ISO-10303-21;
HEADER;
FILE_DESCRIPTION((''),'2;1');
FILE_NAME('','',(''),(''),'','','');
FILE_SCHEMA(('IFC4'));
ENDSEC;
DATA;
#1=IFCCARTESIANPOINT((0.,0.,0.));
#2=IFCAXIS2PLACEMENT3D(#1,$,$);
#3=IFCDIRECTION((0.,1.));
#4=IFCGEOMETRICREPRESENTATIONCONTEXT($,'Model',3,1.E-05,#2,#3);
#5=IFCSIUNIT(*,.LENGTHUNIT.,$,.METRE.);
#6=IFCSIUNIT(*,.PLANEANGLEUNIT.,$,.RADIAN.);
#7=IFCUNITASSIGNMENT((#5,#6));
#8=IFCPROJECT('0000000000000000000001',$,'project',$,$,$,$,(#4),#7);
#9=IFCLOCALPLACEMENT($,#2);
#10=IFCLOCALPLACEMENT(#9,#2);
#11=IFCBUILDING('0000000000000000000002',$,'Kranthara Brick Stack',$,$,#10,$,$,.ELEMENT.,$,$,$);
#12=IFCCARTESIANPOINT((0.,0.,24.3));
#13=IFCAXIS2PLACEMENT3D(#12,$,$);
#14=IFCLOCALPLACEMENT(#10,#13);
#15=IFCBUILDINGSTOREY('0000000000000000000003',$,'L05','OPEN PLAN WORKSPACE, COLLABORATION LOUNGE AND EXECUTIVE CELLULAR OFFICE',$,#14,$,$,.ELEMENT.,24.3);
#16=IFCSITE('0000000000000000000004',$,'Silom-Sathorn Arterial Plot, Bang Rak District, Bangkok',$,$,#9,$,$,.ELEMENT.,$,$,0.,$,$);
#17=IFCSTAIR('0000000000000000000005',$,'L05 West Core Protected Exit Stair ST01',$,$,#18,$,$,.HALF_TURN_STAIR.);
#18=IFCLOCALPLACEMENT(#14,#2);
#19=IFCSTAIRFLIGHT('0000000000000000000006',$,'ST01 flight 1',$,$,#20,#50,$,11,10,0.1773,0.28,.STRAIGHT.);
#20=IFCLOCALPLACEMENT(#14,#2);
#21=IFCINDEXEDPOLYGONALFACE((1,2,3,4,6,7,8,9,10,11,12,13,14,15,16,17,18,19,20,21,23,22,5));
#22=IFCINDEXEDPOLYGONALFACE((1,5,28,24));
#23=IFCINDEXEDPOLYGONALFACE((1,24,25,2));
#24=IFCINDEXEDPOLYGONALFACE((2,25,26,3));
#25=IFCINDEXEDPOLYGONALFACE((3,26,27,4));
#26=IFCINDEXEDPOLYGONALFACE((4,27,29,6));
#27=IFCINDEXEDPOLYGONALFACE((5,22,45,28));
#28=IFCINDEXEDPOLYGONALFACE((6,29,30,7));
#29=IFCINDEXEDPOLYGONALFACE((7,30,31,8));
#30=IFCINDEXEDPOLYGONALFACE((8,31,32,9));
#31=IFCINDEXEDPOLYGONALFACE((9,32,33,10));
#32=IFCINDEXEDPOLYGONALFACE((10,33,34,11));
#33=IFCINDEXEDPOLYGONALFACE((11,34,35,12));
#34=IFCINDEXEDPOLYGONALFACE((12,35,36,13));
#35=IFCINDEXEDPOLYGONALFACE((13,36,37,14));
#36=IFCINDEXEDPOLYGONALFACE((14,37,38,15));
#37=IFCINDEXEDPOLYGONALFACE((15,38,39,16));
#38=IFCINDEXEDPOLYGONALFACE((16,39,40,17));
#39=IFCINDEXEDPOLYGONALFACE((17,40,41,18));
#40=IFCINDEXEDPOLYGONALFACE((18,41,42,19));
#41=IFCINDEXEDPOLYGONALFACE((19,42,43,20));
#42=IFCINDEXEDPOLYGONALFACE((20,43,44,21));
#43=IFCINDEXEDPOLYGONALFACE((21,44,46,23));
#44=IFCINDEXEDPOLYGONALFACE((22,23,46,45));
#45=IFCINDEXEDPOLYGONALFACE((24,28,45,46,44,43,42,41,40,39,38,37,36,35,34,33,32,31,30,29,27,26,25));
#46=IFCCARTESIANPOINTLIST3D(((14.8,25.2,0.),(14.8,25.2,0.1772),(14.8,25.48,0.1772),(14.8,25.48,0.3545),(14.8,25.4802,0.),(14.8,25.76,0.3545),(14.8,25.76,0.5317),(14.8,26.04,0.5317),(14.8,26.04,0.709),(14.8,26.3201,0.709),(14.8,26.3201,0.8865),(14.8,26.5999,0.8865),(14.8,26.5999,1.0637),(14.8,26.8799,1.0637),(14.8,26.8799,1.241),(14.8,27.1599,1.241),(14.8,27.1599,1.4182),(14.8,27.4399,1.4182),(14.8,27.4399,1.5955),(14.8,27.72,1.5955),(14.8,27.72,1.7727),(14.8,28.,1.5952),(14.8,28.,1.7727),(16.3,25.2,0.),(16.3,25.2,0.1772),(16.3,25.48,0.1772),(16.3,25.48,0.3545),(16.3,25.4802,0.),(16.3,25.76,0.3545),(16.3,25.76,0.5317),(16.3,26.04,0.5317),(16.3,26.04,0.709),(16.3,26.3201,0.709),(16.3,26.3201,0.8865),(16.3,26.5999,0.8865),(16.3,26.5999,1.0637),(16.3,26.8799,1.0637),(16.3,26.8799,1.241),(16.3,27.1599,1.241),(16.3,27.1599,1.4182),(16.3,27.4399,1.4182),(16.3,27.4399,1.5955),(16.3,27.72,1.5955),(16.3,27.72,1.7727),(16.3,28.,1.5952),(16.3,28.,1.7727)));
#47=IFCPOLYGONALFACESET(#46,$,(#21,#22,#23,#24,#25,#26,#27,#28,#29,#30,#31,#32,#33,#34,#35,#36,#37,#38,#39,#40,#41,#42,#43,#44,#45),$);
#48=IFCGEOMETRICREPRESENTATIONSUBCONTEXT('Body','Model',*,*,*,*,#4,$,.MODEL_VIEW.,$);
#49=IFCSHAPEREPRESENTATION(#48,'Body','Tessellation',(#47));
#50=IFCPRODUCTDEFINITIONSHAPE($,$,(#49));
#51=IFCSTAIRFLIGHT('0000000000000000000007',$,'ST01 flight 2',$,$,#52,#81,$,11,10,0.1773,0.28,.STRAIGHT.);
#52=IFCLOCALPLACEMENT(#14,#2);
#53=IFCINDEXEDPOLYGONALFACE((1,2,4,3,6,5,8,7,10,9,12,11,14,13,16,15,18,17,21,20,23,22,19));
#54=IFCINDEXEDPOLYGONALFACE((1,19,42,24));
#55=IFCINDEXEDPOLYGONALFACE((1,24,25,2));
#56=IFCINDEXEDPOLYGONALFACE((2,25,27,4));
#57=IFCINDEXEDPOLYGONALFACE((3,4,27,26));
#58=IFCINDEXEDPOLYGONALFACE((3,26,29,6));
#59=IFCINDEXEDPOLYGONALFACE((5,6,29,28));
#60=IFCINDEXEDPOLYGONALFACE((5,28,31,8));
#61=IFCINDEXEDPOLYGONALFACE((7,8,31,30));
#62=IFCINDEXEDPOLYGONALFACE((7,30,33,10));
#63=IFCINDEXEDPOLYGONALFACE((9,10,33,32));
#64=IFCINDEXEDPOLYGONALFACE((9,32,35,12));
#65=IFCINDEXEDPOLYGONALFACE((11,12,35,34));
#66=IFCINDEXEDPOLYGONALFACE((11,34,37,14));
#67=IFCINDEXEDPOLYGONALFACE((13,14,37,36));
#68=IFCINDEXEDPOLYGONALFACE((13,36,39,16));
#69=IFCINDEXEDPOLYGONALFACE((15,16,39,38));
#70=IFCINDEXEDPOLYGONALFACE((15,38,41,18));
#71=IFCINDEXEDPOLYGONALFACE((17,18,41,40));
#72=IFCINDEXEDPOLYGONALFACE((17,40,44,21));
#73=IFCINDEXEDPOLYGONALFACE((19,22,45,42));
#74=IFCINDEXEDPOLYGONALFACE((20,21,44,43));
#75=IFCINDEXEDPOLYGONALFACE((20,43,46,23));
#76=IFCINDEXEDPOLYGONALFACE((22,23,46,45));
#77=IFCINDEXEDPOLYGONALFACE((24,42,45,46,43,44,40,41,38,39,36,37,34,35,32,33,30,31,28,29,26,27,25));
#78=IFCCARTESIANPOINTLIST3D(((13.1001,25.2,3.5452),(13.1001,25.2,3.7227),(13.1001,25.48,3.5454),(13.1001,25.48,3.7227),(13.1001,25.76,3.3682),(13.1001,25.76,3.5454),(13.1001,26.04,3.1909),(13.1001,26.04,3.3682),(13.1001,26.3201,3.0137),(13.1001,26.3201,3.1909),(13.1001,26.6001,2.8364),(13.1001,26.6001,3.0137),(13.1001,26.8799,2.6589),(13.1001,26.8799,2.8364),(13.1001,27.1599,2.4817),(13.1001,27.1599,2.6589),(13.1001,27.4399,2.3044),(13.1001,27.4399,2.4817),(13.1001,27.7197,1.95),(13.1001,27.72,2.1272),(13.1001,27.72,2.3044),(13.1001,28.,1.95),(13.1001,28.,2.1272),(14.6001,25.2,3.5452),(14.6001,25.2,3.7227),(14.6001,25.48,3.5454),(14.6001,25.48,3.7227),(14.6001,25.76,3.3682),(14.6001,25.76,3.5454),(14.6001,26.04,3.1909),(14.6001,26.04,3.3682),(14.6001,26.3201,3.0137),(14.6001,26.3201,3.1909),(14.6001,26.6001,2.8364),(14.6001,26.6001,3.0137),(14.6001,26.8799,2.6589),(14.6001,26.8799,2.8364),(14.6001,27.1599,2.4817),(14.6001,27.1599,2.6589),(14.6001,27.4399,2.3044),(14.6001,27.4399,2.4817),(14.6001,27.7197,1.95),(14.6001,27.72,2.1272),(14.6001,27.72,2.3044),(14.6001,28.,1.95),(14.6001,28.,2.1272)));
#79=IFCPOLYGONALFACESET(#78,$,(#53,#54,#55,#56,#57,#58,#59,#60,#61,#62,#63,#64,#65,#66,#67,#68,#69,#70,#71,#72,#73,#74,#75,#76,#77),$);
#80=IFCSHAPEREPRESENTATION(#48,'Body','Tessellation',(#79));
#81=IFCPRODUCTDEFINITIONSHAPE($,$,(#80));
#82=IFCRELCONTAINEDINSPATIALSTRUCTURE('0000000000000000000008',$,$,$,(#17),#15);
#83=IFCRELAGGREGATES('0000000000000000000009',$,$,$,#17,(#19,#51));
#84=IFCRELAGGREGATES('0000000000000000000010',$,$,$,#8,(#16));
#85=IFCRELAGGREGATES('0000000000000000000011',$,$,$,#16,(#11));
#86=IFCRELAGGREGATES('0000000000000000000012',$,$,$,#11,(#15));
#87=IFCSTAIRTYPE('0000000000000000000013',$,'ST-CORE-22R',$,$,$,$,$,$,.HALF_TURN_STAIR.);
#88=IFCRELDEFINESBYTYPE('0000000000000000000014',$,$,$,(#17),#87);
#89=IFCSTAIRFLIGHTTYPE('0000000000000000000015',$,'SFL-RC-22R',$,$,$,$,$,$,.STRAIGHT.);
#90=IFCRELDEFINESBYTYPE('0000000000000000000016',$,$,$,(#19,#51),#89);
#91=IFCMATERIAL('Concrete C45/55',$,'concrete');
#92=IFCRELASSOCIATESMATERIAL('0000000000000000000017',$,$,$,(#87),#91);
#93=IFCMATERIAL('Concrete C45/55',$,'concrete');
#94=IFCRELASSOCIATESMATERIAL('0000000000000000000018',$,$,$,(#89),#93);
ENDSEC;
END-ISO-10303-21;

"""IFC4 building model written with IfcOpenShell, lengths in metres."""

from ifc_helpers import new_model, si_unit, direction, frame, origin, place, context, subcontext, project, spatial, polyline, outline, extrude, material, type_object, element, aggregate, save


model = new_model("IFC4")

# Units and contexts
model_context = context("Model", 3, precision=1e-05, world=origin(), true_north=direction((0.0, 1.0)))
body_context = subcontext(model_context, "Body", "Model", "MODEL_VIEW")
ifc_project = project(units=[si_unit("LENGTHUNIT", "METRE"), si_unit("PLANEANGLEUNIT", "RADIAN")], contexts=[model_context])

# Site, building, storey
site_placement = place(None, origin())
site = spatial("IfcSite", under=ifc_project, at=site_placement, Name="Silom-Sathorn Arterial Plot, Bang Rak District, Bangkok", CompositionType="ELEMENT", RefElevation=0.0)
building_placement = place(site_placement, origin())
building = spatial("IfcBuilding", under=site, at=building_placement, Name="Kranthara Brick Stack", CompositionType="ELEMENT")
storey_placement = place(building_placement, frame((0.0, 0.0, 24.3)))
storey = spatial("IfcBuildingStorey", under=building, at=storey_placement, Name="L05", Description="OPEN PLAN WORKSPACE, COLLABORATION LOUNGE AND EXECUTIVE CELLULAR OFFICE", CompositionType="ELEMENT", Elevation=24.3)

# Stair, stair flights
ifc_material_1 = material(Name="Concrete C45/55", Category="concrete")
stair_type = type_object("IfcStairType", Name="ST-CORE-22R", PredefinedType="HALF_TURN_STAIR", material=ifc_material_1)
stair_placement = place(storey_placement, origin())
stair = element("IfcStair", 1, at=stair_placement, inside=storey, type_object=stair_type, Name="L05 West Core Protected Exit Stair ST01", PredefinedType="HALF_TURN_STAIR")
ifc_material_2 = material(Name="Concrete C45/55", Category="concrete")
stair_flight_type = type_object("IfcStairFlightType", Name="SFL-RC-22R", PredefinedType="STRAIGHT", material=ifc_material_2)
stair_flight_1_placement = place(storey_placement, frame((15.55, 25.2, 0.0), z_axis=(0.0, 0.0, 1.0), x_axis=(0.0, 1.0, 0.0)))
stair_flight_1 = element("IfcStairFlight", 2, at=stair_flight_1_placement, type_object=stair_flight_type, Name="ST01 flight 1", NumberOfRisers=11, NumberOfTreads=10, PredefinedType="STRAIGHT", RiserHeight=0.1773, TreadLength=0.28, context=body_context, shape_type="SweptSolid", body=[
    extrude(outline(polyline([(0.0, 0.0), (0.0, 0.1772), (0.28, 0.1772), (0.28, 0.3545), (0.5601, 0.3545), (0.5601, 0.5317), (0.8401, 0.5317), (0.8401, 0.709), (1.1201, 0.709), (1.1201, 0.8865), (1.3999, 0.8865), (1.3999, 1.0637), (1.6799, 1.0637), (1.6799, 1.241), (1.96, 1.241), (1.96, 1.4182), (2.24, 1.4182), (2.24, 1.5955), (2.52, 1.5955), (2.52, 1.7727), (2.8, 1.7727), (2.8, 1.95), (2.8, 1.5952), (0.2803, 0.0), (0.0, 0.0)])), frame((0.0, 0.75, 0.0), z_axis=(0.0, -1.0, 0.0), x_axis=(1.0, 0.0, 0.0)), (0.0, 0.0, 1.0), 1.5),
])
stair_flight_2_placement = place(storey_placement, frame((13.8501, 28.0, 1.95), z_axis=(0.0, 0.0, 1.0), x_axis=(0.0, -1.0, 0.0)))
stair_flight_2 = element("IfcStairFlight", 3, at=stair_flight_2_placement, type_object=stair_flight_type, Name="ST01 flight 2", NumberOfRisers=11, NumberOfTreads=10, PredefinedType="STRAIGHT", RiserHeight=0.1773, TreadLength=0.28, context=body_context, shape_type="SweptSolid", body=[
    extrude(outline(polyline([(0.0, 0.0), (0.0, 0.1772), (0.28, 0.1772), (0.28, 0.3545), (0.5601, 0.3545), (0.5601, 0.5317), (0.8401, 0.5317), (0.8401, 0.709), (1.1201, 0.709), (1.1201, 0.8865), (1.3999, 0.8865), (1.3999, 1.0637), (1.6799, 1.0637), (1.6799, 1.241), (1.96, 1.241), (1.96, 1.4182), (2.24, 1.4182), (2.24, 1.5955), (2.52, 1.5955), (2.52, 1.7727), (2.8, 1.7727), (2.8, 1.95), (2.8, 1.5952), (0.2803, 0.0), (0.0, 0.0)])), frame((0.0, 0.75, 0.0), z_axis=(0.0, -1.0, 0.0), x_axis=(1.0, 0.0, 0.0)), (0.0, 0.0, 1.0), 1.5),
])
aggregate(stair, [stair_flight_1, stair_flight_2])

save(model, "model.ifc")
